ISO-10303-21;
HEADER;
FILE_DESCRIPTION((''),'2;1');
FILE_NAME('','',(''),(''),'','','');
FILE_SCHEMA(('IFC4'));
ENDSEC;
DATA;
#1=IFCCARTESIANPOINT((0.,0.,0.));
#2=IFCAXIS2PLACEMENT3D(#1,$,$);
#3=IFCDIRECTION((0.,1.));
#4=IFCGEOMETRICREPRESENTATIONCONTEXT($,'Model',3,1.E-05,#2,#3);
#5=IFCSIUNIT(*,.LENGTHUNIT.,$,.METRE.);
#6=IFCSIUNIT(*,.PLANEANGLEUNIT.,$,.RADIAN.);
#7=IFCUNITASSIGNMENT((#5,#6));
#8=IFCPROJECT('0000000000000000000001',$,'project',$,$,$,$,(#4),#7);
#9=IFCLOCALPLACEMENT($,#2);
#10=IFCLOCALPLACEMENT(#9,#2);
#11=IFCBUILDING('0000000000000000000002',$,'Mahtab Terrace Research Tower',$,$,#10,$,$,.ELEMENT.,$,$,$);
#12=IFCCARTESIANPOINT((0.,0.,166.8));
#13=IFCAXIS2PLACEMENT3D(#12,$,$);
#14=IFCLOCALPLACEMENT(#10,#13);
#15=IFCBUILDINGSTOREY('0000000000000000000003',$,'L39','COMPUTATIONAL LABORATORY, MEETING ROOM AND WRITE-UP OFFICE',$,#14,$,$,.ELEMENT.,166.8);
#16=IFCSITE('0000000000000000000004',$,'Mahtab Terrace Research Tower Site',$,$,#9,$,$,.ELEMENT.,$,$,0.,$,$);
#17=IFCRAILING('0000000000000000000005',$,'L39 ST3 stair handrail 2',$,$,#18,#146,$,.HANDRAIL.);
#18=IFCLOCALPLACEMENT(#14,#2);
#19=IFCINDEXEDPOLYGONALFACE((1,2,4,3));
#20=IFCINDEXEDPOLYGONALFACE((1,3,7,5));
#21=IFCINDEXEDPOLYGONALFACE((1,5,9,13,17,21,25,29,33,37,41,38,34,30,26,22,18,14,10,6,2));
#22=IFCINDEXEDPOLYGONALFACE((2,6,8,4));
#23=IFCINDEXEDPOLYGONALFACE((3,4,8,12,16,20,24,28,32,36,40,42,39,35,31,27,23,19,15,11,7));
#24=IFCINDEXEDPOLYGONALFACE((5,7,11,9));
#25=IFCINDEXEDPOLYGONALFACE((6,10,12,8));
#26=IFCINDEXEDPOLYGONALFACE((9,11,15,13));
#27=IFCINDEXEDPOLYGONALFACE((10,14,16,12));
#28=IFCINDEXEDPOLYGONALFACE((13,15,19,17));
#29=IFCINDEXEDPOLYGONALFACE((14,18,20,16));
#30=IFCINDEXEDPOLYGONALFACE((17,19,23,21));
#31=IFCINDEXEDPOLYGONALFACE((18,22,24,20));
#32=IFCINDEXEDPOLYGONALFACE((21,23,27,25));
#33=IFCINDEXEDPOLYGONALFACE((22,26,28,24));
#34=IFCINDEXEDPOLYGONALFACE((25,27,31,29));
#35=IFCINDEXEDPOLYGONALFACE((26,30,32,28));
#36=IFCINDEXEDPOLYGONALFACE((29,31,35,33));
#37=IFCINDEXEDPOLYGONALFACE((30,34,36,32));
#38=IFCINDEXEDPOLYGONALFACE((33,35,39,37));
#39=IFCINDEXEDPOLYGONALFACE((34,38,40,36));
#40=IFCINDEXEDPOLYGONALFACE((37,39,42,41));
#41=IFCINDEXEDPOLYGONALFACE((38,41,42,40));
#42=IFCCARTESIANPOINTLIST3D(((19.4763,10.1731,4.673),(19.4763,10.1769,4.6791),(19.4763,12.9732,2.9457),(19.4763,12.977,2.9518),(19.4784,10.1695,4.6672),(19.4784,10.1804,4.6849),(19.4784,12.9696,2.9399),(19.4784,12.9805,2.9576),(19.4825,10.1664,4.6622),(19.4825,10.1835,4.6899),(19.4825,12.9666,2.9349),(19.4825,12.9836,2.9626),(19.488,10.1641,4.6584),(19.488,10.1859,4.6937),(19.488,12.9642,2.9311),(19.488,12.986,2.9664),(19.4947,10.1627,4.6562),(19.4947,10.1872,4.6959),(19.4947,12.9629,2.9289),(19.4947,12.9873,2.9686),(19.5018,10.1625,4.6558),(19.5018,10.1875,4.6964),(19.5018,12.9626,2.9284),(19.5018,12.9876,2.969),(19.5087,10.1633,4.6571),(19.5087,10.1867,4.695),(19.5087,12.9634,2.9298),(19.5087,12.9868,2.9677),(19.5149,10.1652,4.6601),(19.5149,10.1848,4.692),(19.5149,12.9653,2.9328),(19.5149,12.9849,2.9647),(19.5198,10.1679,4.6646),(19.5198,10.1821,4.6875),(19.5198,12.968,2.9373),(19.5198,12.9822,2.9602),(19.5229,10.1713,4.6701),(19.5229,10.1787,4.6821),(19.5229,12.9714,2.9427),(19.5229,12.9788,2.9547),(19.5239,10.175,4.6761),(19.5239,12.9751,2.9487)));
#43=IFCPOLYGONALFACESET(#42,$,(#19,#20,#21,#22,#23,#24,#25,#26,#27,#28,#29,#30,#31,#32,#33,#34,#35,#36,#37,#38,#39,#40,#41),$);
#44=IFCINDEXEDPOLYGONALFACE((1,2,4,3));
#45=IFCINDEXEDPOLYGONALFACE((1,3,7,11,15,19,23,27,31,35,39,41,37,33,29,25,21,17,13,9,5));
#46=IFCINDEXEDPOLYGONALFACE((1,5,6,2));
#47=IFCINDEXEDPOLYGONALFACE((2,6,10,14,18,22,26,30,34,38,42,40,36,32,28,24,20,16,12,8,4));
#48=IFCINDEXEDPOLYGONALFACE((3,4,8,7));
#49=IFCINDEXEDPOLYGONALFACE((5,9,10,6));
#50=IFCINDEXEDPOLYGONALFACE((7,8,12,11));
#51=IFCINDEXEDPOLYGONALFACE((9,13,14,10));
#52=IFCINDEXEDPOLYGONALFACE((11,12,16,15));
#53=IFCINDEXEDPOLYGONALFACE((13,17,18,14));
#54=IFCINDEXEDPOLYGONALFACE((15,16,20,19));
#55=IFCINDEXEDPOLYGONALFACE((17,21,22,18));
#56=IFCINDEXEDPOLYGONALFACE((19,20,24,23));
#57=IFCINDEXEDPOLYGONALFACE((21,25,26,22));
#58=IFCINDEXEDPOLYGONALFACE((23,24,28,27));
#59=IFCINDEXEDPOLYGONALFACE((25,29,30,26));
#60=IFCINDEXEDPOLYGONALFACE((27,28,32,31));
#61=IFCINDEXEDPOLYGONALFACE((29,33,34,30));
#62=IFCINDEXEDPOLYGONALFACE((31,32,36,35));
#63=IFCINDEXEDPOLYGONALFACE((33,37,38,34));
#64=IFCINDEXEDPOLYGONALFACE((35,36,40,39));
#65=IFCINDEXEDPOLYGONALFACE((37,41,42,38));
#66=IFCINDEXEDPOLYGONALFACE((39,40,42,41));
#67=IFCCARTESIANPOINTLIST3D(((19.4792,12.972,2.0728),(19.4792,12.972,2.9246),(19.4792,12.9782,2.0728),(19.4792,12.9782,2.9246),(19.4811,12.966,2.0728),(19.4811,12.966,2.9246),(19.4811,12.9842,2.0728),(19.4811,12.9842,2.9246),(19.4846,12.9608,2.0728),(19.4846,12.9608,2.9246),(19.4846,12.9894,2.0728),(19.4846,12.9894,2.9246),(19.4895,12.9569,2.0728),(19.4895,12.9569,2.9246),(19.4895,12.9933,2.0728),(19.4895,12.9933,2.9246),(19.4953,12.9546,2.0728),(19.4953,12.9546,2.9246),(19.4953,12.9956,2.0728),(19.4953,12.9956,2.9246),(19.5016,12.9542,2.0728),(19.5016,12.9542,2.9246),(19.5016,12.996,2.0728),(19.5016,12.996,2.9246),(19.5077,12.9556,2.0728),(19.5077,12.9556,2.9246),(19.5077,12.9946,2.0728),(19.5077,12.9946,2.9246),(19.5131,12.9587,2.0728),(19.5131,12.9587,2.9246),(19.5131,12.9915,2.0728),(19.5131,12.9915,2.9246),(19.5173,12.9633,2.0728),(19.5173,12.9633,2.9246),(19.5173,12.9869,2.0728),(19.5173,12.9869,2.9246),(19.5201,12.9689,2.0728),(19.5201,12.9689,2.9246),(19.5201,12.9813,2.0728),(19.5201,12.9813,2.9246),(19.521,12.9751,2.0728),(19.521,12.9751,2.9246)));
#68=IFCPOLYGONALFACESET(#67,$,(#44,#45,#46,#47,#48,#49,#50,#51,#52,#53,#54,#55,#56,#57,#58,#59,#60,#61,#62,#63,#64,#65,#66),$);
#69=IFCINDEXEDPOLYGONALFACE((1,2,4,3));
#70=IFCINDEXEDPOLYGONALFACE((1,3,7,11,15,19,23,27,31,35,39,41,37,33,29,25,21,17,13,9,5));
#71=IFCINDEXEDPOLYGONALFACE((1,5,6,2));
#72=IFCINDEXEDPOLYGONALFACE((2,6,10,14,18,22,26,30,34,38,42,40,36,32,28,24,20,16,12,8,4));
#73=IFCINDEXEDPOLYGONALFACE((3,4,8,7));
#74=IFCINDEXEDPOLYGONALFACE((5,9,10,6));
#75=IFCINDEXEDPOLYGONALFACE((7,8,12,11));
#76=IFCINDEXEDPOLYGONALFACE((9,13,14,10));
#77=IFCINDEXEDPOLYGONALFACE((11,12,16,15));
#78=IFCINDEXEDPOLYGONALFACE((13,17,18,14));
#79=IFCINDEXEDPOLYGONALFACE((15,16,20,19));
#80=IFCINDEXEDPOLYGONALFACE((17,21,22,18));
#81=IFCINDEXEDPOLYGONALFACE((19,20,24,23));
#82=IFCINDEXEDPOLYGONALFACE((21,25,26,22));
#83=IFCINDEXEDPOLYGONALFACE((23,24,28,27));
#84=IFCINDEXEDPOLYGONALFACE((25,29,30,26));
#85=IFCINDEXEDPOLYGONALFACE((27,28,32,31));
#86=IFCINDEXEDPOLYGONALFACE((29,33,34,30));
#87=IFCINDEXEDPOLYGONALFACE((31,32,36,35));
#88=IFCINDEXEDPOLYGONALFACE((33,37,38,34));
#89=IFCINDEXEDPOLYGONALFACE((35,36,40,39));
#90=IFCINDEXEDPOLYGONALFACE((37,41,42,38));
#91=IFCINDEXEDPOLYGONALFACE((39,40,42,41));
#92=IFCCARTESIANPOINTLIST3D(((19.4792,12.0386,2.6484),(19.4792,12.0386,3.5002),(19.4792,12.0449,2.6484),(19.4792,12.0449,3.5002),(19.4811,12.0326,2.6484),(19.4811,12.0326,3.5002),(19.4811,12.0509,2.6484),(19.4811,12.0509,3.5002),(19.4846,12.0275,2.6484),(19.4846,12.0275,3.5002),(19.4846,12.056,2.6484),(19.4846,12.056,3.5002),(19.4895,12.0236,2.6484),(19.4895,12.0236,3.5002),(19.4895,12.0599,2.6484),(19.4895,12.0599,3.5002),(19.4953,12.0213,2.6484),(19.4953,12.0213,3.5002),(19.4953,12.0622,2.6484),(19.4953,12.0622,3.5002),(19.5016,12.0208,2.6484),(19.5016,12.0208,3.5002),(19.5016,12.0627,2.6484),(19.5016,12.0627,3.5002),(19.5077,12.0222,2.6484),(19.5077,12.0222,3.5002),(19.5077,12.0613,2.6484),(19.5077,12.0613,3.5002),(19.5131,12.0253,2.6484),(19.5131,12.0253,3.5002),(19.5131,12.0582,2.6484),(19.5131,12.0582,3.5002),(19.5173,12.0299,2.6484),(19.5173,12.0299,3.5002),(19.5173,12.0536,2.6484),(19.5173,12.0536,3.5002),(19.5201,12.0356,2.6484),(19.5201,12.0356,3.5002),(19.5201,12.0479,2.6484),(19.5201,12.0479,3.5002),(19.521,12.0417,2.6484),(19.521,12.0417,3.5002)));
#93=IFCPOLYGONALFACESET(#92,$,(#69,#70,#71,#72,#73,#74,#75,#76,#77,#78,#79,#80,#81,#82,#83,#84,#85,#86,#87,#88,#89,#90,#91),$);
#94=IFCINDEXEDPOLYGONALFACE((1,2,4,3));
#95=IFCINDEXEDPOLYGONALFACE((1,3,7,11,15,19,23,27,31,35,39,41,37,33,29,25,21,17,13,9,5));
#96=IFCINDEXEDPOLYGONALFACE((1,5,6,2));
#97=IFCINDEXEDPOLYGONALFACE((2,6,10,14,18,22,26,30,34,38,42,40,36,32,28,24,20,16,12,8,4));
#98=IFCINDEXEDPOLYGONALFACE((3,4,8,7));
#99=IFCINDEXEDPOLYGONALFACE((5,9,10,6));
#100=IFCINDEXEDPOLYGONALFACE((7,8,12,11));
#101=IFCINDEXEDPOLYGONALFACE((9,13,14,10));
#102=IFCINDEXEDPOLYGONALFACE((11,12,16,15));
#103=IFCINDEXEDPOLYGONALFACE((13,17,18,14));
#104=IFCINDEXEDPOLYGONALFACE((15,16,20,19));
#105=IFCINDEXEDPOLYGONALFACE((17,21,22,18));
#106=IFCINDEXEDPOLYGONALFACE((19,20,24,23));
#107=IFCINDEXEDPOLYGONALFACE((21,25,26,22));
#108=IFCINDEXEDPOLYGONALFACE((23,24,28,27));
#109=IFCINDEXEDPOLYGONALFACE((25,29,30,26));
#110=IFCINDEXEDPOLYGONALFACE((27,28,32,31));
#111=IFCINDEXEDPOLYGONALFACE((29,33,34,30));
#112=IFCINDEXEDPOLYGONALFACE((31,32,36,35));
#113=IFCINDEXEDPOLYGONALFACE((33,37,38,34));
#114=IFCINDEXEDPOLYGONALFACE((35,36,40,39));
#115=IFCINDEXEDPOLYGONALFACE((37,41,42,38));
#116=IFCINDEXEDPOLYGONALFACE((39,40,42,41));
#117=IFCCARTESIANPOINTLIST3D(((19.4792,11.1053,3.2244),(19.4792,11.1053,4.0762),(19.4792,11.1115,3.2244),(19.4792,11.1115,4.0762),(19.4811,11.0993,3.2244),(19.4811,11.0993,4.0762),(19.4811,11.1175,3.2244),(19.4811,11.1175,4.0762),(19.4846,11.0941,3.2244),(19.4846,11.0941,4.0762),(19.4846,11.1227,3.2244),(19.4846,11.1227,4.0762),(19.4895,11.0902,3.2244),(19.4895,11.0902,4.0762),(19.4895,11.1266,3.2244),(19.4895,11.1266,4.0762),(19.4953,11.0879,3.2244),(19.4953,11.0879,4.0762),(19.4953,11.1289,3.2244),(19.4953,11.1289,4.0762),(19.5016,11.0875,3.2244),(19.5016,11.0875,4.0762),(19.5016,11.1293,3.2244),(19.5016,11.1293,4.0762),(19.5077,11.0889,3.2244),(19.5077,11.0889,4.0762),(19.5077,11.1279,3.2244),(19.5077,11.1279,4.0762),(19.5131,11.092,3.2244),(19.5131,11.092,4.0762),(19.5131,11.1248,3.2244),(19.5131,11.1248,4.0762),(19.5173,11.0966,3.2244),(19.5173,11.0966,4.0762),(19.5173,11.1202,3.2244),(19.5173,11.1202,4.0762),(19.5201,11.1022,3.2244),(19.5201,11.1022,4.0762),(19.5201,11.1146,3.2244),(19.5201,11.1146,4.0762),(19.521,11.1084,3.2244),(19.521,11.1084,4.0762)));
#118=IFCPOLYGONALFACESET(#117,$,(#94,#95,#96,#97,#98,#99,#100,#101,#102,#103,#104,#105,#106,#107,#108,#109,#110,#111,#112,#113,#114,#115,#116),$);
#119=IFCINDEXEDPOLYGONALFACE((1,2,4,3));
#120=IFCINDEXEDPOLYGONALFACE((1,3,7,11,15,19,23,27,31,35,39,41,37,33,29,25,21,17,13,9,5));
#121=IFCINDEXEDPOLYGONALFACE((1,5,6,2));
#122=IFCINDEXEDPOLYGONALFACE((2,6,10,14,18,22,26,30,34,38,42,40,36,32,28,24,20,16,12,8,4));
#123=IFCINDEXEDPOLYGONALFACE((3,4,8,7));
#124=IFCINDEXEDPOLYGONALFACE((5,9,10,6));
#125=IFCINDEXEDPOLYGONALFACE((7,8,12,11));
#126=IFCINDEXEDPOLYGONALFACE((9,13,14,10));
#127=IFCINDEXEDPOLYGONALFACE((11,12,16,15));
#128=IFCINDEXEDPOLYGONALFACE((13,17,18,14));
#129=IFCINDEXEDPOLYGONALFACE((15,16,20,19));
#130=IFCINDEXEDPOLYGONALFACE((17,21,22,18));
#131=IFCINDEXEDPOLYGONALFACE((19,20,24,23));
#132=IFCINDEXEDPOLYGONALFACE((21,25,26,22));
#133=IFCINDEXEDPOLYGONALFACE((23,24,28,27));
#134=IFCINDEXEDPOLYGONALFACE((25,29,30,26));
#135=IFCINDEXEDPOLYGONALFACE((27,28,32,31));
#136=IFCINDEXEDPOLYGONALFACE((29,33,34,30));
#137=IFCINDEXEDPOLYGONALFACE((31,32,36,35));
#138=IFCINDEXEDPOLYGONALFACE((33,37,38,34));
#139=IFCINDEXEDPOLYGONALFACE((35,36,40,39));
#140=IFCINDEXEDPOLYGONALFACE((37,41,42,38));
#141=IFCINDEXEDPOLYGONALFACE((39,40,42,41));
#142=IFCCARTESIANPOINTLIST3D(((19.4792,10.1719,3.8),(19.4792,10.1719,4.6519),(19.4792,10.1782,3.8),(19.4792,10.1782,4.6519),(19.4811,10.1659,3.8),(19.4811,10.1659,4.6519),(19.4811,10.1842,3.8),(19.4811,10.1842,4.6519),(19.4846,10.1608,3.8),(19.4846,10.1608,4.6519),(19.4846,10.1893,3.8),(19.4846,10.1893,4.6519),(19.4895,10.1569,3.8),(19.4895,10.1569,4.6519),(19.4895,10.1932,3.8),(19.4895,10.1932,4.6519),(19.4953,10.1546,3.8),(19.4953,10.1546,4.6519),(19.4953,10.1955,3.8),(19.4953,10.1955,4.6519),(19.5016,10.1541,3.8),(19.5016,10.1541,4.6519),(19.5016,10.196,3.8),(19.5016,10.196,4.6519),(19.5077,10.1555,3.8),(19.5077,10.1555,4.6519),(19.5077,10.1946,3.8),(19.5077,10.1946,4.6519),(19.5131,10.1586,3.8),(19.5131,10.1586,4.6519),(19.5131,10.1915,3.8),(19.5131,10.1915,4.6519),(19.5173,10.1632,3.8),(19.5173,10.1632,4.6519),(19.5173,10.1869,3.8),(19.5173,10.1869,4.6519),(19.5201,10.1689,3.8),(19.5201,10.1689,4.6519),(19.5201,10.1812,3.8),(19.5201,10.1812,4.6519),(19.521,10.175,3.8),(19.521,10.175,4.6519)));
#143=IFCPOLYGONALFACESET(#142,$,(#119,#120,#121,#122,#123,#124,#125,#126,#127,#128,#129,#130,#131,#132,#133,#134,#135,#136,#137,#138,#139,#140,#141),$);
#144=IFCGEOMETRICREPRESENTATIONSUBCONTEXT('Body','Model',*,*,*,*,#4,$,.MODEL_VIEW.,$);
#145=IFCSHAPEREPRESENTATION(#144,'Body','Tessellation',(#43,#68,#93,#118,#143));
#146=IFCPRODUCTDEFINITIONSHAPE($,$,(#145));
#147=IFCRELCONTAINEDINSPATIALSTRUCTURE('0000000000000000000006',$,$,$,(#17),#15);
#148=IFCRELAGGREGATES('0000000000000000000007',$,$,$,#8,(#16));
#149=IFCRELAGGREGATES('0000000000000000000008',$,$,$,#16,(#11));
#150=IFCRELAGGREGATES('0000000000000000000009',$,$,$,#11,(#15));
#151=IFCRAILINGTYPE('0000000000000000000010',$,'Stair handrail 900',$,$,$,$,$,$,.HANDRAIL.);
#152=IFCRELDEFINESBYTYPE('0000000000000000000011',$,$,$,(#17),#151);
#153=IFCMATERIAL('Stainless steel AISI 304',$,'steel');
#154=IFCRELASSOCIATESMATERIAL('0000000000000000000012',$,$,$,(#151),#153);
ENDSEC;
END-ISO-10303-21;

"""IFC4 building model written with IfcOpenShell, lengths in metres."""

from ifc_helpers import new_model, si_unit, direction, frame, origin, origin_2d, place, context, subcontext, project, spatial, circle, extrude, material, type_object, element, save


model = new_model("IFC4")

# Units and contexts
model_context = context("Model", 3, precision=1e-05, world=origin(), true_north=direction((0.0, 1.0)))
body_context = subcontext(model_context, "Body", "Model", "MODEL_VIEW")
ifc_project = project(units=[si_unit("LENGTHUNIT", "METRE"), si_unit("PLANEANGLEUNIT", "RADIAN")], contexts=[model_context])

# Site, building, storey
site_placement = place(None, origin())
site = spatial("IfcSite", under=ifc_project, at=site_placement, Name="Mahtab Terrace Research Tower Site", CompositionType="ELEMENT", RefElevation=0.0)
building_placement = place(site_placement, origin())
building = spatial("IfcBuilding", under=site, at=building_placement, Name="Mahtab Terrace Research Tower", CompositionType="ELEMENT")
storey_placement = place(building_placement, frame((0.0, 0.0, 166.8)))
storey = spatial("IfcBuildingStorey", under=building, at=storey_placement, Name="L39", Description="COMPUTATIONAL LABORATORY, MEETING ROOM AND WRITE-UP OFFICE", CompositionType="ELEMENT", Elevation=166.8)

# Railing
ifc_material_1 = material(Name="Stainless steel AISI 304", Category="steel")
railing_type_1 = type_object("IfcRailingType", Name="Stair handrail 900", PredefinedType="HANDRAIL", material=ifc_material_1)
railing_1_placement = place(storey_placement, frame((19.5, 12.9751, 2.0728)))
element("IfcRailing", 1, at=railing_1_placement, inside=storey, type_object=railing_type_1, Name="L39 ST3 stair handrail 2", PredefinedType="HANDRAIL", context=body_context, shape_type="SweptSolid", body=[
    extrude(circle(Radius=0.0239, at=origin_2d()), frame((0.0, 0.0, 0.876), z_axis=(0.0, -0.85109, 0.52502), x_axis=(1.0, 0.0, 0.0)), (0.0, 0.0, 1.0), 3.29),
    extrude(circle(Radius=0.021, at=origin_2d()), origin(), (0.0, 0.0, 1.0), 0.8518),
    extrude(circle(Radius=0.021, at=origin_2d()), frame((0.0, -0.9333, 0.5757)), (0.0, 0.0, 1.0), 0.8518),
    extrude(circle(Radius=0.021, at=origin_2d()), frame((0.0, -1.8667, 1.1516)), (0.0, 0.0, 1.0), 0.8518),
    extrude(circle(Radius=0.021, at=origin_2d()), frame((0.0, -2.8, 1.7273)), (0.0, 0.0, 1.0), 0.8518),
])

save(model, "model.ifc")
